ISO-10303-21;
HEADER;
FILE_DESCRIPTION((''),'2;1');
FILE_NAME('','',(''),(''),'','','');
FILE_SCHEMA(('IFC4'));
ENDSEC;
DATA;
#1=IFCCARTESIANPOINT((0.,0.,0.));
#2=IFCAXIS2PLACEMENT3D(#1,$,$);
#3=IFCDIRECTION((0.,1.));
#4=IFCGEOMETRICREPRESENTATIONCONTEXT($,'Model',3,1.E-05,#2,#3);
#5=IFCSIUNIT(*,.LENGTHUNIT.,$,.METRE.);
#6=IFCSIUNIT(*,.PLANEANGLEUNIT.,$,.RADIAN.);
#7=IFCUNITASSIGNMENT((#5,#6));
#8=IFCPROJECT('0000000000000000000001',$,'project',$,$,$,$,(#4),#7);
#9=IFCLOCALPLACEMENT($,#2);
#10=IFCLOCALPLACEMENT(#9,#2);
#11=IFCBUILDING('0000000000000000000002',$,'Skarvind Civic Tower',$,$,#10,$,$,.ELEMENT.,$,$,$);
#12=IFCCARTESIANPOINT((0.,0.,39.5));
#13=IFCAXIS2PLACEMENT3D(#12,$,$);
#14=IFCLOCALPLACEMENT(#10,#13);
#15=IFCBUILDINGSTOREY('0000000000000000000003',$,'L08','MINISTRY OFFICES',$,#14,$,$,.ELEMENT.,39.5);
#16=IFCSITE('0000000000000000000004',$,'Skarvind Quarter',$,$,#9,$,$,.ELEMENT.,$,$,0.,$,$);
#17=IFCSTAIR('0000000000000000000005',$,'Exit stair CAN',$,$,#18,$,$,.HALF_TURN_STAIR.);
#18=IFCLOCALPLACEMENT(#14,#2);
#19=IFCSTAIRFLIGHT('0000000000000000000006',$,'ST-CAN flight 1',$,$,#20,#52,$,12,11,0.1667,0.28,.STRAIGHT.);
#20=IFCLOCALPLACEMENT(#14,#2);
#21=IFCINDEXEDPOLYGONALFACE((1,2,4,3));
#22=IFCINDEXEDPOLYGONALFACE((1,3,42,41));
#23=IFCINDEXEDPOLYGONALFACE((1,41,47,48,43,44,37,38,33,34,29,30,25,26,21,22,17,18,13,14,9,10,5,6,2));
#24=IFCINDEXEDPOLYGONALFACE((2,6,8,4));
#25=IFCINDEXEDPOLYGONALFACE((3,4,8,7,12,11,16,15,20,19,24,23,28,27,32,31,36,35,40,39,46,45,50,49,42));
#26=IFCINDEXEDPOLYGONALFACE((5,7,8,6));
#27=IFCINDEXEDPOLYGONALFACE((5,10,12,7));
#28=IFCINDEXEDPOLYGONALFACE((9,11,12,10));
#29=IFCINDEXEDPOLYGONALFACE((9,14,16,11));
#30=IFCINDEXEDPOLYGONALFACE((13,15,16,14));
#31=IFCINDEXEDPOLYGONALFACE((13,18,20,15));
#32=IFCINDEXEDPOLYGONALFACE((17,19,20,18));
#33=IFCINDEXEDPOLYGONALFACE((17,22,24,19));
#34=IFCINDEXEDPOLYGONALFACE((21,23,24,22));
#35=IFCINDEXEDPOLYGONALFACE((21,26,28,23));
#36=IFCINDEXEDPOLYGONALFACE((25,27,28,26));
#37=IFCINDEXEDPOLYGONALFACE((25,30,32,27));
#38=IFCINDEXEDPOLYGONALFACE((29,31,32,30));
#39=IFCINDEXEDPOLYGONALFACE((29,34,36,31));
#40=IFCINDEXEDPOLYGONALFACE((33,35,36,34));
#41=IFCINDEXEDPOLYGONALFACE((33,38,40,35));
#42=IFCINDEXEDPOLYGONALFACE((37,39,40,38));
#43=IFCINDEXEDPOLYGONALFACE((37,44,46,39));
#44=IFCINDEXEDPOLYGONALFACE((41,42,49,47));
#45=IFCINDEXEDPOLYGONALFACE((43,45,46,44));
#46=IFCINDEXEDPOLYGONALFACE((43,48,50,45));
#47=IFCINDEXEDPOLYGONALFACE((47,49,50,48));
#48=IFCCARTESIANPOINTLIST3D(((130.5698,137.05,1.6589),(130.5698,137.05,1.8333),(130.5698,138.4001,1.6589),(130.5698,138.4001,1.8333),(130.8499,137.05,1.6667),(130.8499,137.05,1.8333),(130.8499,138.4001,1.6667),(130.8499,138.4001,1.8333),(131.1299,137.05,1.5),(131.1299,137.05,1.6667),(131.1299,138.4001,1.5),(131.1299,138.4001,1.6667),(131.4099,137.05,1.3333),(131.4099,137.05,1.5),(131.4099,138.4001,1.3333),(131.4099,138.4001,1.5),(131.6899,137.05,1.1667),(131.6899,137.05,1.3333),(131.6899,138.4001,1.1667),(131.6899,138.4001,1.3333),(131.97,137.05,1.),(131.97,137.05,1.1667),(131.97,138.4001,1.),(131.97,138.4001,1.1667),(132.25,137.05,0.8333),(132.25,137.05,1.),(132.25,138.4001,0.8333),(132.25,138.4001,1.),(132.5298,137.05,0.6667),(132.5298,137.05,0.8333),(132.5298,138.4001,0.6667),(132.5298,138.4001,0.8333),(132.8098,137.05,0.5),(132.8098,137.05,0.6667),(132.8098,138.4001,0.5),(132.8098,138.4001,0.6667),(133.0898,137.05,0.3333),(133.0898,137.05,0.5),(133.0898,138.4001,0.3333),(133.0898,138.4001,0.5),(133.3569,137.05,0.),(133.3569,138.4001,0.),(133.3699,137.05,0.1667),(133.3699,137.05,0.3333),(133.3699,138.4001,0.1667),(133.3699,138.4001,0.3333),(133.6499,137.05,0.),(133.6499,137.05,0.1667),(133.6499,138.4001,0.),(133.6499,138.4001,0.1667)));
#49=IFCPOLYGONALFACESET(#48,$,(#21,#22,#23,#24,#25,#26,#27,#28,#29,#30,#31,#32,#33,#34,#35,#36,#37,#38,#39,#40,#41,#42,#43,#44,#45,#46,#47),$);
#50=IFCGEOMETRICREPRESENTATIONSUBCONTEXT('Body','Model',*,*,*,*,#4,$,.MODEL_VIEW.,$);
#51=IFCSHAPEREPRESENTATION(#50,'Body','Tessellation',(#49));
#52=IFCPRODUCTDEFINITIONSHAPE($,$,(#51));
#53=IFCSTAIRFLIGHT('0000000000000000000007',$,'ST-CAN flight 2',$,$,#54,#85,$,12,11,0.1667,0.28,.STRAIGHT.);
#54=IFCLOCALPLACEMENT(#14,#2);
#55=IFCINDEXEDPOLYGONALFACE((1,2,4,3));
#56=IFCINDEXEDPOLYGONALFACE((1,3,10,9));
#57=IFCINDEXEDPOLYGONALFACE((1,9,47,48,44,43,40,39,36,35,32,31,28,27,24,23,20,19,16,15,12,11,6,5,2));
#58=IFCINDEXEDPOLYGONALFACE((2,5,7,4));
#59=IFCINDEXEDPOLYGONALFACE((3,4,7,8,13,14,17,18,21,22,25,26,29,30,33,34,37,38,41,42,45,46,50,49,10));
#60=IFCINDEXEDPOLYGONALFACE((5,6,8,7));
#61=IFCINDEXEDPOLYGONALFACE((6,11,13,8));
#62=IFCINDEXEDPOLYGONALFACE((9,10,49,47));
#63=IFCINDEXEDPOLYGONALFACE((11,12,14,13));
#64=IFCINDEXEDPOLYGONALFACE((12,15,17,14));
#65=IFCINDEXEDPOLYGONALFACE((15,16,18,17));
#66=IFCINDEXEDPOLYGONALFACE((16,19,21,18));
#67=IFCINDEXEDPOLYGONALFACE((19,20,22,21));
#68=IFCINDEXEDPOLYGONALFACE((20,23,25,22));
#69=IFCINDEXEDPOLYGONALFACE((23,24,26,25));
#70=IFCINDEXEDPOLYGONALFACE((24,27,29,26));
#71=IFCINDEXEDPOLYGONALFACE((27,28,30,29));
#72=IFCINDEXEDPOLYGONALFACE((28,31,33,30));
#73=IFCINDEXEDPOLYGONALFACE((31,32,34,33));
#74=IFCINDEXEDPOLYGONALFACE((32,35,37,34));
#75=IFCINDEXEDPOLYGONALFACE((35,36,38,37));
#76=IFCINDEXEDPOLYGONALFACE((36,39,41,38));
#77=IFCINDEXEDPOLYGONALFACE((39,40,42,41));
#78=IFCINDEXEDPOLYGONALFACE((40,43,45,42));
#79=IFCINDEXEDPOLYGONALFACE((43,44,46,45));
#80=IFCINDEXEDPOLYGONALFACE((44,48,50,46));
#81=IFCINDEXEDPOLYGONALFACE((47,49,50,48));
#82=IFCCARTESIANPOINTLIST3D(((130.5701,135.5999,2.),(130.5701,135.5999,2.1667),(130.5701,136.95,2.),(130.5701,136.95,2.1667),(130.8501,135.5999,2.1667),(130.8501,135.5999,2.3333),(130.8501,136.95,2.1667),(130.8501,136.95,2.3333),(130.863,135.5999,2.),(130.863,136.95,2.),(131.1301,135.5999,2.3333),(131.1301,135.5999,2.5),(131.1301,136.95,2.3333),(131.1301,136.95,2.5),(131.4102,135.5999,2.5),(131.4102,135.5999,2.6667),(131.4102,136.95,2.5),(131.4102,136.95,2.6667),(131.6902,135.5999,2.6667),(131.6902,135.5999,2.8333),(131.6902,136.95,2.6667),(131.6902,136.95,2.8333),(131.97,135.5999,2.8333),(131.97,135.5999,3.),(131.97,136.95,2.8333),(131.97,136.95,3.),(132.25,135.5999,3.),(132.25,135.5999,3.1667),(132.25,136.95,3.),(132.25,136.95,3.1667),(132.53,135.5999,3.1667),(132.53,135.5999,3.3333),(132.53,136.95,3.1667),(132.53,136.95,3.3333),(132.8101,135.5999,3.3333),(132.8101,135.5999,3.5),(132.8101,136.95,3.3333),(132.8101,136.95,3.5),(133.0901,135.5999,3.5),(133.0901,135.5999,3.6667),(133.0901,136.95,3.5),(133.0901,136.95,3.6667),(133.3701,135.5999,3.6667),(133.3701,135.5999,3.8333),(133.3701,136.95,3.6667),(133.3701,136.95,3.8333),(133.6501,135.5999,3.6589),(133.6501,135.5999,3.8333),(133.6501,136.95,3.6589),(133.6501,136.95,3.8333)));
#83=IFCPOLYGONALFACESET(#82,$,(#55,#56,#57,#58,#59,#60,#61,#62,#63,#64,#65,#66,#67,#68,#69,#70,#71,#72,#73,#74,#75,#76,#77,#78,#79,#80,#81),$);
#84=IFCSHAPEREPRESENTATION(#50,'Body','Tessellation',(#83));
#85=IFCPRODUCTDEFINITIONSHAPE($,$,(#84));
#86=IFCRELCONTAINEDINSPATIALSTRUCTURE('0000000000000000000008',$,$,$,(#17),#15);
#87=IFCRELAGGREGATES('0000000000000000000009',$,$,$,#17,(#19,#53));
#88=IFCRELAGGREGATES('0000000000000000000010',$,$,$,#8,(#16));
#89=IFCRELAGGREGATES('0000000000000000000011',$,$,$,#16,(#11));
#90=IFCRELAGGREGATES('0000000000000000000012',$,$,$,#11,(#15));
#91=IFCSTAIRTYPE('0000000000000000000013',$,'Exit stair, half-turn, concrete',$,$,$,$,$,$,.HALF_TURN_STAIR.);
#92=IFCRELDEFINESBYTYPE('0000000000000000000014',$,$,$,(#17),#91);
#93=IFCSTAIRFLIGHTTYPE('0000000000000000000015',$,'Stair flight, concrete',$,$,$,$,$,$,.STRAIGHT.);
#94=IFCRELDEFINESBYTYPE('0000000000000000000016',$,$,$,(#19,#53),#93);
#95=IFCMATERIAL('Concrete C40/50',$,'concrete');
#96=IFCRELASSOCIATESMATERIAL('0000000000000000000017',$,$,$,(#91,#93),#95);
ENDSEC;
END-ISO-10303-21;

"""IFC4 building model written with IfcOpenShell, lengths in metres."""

from ifc_helpers import new_model, si_unit, direction, frame, origin, place, context, subcontext, project, spatial, polyline, outline, extrude, material, type_object, element, aggregate, save


model = new_model("IFC4")

# Units and contexts
model_context = context("Model", 3, precision=1e-05, world=origin(), true_north=direction((0.0, 1.0)))
body_context = subcontext(model_context, "Body", "Model", "MODEL_VIEW")
ifc_project = project(units=[si_unit("LENGTHUNIT", "METRE"), si_unit("PLANEANGLEUNIT", "RADIAN")], contexts=[model_context])

# Site, building, storey
site_placement = place(None, origin())
site = spatial("IfcSite", under=ifc_project, at=site_placement, Name="Skarvind Quarter", CompositionType="ELEMENT", RefElevation=0.0)
building_placement = place(site_placement, origin())
building = spatial("IfcBuilding", under=site, at=building_placement, Name="Skarvind Civic Tower", CompositionType="ELEMENT")
storey_placement = place(building_placement, frame((0.0, 0.0, 39.5)))
storey = spatial("IfcBuildingStorey", under=building, at=storey_placement, Name="L08", Description="MINISTRY OFFICES", CompositionType="ELEMENT", Elevation=39.5)

# Stair, stair flights
ifc_material_1 = material(Name="Concrete C40/50", Category="concrete")
stair_type = type_object("IfcStairType", Name="Exit stair, half-turn, concrete", PredefinedType="HALF_TURN_STAIR", material=ifc_material_1)
stair_placement = place(storey_placement, origin())
stair = element("IfcStair", 1, at=stair_placement, inside=storey, type_object=stair_type, Name="Exit stair CAN", PredefinedType="HALF_TURN_STAIR")
stair_flight_type = type_object("IfcStairFlightType", Name="Stair flight, concrete", PredefinedType="STRAIGHT", material=ifc_material_1)
stair_flight_1_placement = place(storey_placement, frame((133.6499, 137.7251, 0.0), z_axis=(0.0, 0.0, 1.0), x_axis=(-1.0, 0.0, 0.0)))
stair_flight_1 = element("IfcStairFlight", 2, at=stair_flight_1_placement, type_object=stair_flight_type, Name="ST-CAN flight 1", NumberOfRisers=12, NumberOfTreads=11, PredefinedType="STRAIGHT", RiserHeight=0.1667, TreadLength=0.28, context=body_context, shape_type="SweptSolid", body=[
    extrude(outline(polyline([(0.0, 0.0), (0.0, 0.1667), (0.28, 0.1667), (0.28, 0.3333), (0.5601, 0.3333), (0.5601, 0.5), (0.8401, 0.5), (0.8401, 0.6667), (1.1201, 0.6667), (1.1201, 0.8333), (1.3999, 0.8333), (1.3999, 1.0), (1.6799, 1.0), (1.6799, 1.1667), (1.96, 1.1667), (1.96, 1.3333), (2.24, 1.3333), (2.24, 1.5), (2.52, 1.5), (2.52, 1.6667), (2.8, 1.6667), (2.8, 1.8333), (3.0801, 1.8333), (3.0801, 2.0), (3.0801, 1.6589), (0.293, 0.0), (0.0, 0.0)])), frame((0.0, 0.675, 0.0), z_axis=(0.0, -1.0, 0.0), x_axis=(1.0, 0.0, 0.0)), (0.0, 0.0, 1.0), 1.3501),
])
stair_flight_2_placement = place(storey_placement, frame((130.5701, 136.2749, 2.0), z_axis=(0.0, 0.0, 1.0), x_axis=(1.0, 0.0, 0.0)))
stair_flight_2 = element("IfcStairFlight", 3, at=stair_flight_2_placement, type_object=stair_flight_type, Name="ST-CAN flight 2", NumberOfRisers=12, NumberOfTreads=11, PredefinedType="STRAIGHT", RiserHeight=0.1667, TreadLength=0.28, context=body_context, shape_type="SweptSolid", body=[
    extrude(outline(polyline([(0.0, 0.0), (0.0, 0.1667), (0.28, 0.1667), (0.28, 0.3333), (0.5601, 0.3333), (0.5601, 0.5), (0.8401, 0.5), (0.8401, 0.6667), (1.1201, 0.6667), (1.1201, 0.8333), (1.3999, 0.8333), (1.3999, 1.0), (1.6799, 1.0), (1.6799, 1.1667), (1.96, 1.1667), (1.96, 1.3333), (2.24, 1.3333), (2.24, 1.5), (2.52, 1.5), (2.52, 1.6667), (2.8, 1.6667), (2.8, 1.8333), (3.0801, 1.8333), (3.0801, 2.0), (3.0801, 1.6589), (0.293, 0.0), (0.0, 0.0)])), frame((0.0, 0.675, 0.0), z_axis=(0.0, -1.0, 0.0), x_axis=(1.0, 0.0, 0.0)), (0.0, 0.0, 1.0), 1.3501),
])
aggregate(stair, [stair_flight_1, stair_flight_2])

save(model, "model.ifc")
